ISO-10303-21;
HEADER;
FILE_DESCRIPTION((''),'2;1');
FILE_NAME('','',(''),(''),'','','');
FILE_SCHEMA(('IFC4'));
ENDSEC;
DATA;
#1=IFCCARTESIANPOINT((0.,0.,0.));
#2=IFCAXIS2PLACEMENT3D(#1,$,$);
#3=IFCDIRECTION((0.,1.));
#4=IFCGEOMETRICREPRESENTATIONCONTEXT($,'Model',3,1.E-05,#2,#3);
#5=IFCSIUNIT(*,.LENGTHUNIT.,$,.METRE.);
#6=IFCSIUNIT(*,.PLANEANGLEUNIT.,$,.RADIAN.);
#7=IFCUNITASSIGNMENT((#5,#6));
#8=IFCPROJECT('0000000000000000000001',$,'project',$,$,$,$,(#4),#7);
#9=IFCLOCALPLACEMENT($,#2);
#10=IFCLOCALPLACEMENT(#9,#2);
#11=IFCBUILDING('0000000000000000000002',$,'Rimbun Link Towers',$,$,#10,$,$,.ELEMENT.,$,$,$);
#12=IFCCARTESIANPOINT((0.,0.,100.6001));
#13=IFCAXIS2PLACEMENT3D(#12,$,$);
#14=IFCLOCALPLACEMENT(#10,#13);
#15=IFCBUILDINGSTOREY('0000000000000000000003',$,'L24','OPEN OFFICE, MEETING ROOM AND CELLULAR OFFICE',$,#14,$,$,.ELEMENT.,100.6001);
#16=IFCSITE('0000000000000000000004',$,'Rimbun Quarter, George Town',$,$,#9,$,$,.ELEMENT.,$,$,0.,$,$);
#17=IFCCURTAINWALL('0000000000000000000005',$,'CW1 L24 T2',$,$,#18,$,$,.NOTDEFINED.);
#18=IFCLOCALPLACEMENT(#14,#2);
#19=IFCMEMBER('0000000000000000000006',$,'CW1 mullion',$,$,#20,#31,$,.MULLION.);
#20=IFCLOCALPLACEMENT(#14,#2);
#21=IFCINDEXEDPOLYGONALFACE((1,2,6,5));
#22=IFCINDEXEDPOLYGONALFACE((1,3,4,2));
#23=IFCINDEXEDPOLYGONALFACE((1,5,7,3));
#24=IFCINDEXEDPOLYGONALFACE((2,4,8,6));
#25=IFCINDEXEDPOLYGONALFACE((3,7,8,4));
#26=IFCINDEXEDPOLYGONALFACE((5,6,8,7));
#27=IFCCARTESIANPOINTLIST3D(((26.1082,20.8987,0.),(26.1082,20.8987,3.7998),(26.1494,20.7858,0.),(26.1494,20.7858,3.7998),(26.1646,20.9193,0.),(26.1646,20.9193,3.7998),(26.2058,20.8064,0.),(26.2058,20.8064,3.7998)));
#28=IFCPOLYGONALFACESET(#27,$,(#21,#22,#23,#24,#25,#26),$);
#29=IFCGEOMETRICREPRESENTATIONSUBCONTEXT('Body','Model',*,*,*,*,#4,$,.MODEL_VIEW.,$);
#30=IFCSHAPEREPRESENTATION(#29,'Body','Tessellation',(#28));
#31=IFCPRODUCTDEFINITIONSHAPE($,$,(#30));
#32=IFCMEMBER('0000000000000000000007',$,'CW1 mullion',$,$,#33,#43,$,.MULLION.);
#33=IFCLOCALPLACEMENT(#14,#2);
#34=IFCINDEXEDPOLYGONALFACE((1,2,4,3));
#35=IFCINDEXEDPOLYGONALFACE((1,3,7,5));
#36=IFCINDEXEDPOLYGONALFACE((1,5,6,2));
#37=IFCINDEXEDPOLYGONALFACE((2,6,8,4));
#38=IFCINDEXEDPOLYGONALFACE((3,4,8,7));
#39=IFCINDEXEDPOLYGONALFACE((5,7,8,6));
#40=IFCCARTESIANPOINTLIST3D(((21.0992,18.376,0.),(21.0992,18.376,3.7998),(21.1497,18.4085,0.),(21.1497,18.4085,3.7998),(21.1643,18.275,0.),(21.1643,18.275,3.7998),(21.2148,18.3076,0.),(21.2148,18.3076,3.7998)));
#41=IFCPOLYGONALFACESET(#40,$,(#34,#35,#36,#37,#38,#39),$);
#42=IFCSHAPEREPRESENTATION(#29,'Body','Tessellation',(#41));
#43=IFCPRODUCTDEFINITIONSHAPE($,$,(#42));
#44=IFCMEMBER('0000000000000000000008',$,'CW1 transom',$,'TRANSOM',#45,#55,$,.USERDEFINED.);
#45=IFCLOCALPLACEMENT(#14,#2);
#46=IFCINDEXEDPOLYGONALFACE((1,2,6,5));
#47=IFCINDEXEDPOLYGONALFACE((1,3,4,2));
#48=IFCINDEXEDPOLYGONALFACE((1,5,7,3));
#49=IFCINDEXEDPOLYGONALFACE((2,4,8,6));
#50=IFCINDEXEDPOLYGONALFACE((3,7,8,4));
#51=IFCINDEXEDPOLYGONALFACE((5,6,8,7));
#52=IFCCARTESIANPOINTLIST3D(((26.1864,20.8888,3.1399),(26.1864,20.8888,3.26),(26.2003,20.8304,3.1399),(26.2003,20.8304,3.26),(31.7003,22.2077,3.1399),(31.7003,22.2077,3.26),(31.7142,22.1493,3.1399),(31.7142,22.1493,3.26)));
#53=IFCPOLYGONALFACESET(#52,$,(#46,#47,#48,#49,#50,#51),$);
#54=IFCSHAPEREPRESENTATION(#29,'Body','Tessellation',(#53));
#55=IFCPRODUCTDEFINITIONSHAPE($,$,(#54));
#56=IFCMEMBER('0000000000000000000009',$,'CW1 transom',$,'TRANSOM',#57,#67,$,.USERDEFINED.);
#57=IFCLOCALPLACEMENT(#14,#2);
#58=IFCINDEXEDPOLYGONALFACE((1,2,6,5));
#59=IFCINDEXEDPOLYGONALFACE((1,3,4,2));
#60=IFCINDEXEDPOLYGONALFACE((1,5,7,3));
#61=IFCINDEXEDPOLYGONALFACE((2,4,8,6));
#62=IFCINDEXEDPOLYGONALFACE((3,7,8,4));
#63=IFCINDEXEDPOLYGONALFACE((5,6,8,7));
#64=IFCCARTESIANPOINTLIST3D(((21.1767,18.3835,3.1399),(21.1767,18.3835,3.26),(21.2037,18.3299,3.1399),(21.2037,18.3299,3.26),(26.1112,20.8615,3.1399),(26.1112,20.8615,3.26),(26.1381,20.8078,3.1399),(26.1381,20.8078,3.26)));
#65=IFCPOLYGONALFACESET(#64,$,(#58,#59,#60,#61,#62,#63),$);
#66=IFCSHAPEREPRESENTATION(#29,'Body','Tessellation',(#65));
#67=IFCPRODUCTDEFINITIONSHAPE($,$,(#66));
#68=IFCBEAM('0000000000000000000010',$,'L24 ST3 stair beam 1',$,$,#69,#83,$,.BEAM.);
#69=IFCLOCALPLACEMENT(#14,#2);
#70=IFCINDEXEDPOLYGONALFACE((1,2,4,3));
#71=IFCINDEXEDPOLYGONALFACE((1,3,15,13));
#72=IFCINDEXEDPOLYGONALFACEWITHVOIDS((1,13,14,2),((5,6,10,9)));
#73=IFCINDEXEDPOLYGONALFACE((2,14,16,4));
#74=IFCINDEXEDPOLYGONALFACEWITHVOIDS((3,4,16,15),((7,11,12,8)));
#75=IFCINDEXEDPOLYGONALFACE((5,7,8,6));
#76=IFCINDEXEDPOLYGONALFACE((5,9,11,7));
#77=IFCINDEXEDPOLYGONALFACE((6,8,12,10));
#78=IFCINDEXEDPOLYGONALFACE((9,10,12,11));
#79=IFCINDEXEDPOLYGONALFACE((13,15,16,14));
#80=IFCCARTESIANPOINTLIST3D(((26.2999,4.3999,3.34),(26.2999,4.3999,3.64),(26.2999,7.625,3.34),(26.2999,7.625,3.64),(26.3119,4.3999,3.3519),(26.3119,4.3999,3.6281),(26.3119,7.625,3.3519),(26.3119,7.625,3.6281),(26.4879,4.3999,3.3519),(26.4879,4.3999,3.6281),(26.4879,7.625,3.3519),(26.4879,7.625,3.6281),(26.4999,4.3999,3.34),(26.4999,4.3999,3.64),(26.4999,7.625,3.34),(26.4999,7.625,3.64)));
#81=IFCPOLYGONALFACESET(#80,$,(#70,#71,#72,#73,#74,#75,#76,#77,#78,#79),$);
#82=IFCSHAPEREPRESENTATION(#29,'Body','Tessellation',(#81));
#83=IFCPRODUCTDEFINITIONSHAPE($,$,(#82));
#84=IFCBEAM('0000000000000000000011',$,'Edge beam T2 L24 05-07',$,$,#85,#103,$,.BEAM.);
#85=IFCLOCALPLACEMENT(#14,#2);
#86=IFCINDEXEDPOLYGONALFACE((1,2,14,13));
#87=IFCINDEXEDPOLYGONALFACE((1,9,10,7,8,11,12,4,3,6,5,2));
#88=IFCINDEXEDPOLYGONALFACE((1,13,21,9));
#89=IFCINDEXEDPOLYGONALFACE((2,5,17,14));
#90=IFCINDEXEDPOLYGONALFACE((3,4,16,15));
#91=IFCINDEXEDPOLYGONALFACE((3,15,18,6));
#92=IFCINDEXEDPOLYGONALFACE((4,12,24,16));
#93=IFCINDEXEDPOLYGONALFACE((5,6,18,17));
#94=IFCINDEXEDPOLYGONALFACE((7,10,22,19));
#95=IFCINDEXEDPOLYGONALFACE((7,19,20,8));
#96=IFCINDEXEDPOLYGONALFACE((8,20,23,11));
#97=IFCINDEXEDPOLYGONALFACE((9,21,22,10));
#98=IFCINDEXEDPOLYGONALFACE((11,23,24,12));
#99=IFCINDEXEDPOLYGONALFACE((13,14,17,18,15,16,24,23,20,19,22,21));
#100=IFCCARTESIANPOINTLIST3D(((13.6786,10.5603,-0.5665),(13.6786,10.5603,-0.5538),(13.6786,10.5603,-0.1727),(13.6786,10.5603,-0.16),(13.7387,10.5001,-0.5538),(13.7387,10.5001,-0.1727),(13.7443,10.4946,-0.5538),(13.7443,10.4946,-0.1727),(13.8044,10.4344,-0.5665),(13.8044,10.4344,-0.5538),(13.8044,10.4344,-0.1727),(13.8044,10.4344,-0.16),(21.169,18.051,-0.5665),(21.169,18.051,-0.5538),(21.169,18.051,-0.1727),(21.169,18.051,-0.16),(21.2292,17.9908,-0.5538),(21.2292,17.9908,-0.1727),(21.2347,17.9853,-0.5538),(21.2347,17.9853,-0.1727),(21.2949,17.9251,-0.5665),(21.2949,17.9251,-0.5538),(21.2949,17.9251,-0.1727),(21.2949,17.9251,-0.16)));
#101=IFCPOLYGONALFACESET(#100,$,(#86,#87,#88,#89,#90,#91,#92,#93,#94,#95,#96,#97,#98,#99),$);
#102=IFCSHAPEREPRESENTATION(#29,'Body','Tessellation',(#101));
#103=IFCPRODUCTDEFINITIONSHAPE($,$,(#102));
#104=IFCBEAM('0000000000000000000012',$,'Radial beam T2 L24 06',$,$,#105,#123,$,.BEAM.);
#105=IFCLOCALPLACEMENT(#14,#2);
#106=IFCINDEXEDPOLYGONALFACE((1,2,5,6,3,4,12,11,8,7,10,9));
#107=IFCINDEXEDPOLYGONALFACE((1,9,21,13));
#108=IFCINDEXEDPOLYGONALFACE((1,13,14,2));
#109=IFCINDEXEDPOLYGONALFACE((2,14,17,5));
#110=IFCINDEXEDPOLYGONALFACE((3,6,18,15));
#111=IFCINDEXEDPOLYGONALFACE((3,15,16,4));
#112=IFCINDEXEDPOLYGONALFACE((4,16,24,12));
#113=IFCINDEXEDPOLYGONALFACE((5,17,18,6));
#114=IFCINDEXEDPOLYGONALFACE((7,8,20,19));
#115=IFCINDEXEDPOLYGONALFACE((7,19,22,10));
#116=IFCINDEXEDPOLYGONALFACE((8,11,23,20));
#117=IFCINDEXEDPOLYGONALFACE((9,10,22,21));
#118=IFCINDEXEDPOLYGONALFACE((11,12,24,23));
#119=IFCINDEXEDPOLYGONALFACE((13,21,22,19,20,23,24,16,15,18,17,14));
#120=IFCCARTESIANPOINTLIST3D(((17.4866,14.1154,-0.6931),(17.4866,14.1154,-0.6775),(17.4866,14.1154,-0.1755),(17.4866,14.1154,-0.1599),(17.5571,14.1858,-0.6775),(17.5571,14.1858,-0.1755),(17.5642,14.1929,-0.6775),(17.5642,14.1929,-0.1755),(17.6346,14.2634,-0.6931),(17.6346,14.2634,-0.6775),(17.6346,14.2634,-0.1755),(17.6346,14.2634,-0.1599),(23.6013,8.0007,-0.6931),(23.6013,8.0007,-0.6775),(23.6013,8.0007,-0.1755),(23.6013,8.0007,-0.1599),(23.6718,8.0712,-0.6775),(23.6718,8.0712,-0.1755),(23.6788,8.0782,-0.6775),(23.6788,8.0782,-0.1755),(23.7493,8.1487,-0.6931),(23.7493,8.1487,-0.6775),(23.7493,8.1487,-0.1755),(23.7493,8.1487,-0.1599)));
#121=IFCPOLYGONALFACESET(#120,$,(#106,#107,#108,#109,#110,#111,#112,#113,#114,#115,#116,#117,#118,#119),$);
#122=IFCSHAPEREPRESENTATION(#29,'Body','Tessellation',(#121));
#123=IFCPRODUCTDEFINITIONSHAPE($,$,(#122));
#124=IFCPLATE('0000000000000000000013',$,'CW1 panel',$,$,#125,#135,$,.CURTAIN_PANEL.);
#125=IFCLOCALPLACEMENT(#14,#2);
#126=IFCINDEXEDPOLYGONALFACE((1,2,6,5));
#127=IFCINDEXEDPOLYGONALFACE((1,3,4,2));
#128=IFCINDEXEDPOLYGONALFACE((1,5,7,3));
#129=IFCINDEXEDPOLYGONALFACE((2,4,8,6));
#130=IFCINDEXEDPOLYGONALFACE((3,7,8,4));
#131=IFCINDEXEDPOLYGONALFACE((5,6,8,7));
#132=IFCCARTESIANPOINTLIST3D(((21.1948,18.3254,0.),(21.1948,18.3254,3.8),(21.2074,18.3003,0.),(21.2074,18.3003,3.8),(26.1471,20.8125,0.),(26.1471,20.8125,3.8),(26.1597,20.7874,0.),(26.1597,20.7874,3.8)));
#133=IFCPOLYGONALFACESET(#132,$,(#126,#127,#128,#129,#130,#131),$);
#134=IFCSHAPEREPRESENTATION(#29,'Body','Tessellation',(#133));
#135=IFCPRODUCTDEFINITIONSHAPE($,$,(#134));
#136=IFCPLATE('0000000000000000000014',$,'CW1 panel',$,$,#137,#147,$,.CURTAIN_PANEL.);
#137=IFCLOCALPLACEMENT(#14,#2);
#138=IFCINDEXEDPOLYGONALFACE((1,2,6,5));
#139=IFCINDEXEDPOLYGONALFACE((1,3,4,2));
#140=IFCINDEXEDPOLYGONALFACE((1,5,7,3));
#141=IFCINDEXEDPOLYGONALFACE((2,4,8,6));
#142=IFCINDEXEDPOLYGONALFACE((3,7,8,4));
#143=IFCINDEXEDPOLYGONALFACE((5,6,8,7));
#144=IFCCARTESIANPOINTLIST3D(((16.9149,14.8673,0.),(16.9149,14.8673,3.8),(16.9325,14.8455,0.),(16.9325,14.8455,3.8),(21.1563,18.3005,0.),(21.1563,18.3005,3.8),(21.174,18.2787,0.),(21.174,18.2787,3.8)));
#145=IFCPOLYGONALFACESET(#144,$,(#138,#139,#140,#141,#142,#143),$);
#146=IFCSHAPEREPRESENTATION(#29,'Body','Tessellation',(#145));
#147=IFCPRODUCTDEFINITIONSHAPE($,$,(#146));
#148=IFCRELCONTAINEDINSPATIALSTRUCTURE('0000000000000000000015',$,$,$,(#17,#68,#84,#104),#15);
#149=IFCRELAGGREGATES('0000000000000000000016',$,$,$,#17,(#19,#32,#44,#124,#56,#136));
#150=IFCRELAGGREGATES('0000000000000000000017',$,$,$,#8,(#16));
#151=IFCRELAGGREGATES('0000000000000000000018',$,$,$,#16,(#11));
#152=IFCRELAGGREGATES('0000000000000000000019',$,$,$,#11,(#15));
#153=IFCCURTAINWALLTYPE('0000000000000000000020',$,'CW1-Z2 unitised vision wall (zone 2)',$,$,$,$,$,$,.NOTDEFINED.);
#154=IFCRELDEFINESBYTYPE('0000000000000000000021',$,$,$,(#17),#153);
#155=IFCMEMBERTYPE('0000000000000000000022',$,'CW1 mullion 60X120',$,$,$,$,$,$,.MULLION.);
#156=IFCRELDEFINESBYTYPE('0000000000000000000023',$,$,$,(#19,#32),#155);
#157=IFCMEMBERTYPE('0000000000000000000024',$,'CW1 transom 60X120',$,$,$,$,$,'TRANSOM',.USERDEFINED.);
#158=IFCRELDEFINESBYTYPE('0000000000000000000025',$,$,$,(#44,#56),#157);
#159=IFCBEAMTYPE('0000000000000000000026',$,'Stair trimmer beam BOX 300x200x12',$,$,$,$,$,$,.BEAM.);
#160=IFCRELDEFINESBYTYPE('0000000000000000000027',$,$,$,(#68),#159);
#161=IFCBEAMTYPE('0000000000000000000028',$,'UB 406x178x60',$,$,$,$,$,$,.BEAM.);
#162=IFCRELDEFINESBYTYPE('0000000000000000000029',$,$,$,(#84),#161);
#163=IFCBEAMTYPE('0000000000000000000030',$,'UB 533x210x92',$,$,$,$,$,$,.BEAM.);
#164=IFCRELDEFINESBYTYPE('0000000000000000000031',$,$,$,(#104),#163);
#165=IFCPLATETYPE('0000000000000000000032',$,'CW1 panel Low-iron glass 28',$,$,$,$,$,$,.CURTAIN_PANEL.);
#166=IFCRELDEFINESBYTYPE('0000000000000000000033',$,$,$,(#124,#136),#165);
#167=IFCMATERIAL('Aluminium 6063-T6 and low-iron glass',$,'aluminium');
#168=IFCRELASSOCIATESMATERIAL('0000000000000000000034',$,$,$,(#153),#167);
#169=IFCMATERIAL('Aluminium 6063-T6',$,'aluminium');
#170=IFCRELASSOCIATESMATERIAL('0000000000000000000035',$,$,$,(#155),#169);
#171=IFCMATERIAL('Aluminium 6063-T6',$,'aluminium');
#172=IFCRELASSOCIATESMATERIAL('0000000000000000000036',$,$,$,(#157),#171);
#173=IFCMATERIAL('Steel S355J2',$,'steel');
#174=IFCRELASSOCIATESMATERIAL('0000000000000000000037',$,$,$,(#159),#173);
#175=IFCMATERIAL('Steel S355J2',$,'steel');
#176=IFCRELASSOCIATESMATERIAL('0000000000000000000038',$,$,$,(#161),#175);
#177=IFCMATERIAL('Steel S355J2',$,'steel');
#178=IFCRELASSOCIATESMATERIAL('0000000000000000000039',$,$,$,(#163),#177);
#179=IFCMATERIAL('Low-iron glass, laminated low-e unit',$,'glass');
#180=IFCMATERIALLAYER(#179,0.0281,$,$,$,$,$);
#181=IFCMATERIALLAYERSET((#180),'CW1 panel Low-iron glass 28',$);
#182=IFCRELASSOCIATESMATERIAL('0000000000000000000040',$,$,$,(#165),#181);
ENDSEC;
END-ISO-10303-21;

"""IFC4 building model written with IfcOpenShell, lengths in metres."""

from ifc_helpers import new_model, si_unit, direction, frame, origin, origin_2d, place, context, subcontext, project, spatial, rectangle, hollow_rectangle, i_section, extrude, material, layer, layer_set, material_profile, profile_set, type_object, element, aggregate, save


model = new_model("IFC4")

# Units and contexts
model_context = context("Model", 3, precision=1e-05, world=origin(), true_north=direction((0.0, 1.0)))
body_context = subcontext(model_context, "Body", "Model", "MODEL_VIEW")
ifc_project = project(units=[si_unit("LENGTHUNIT", "METRE"), si_unit("PLANEANGLEUNIT", "RADIAN")], contexts=[model_context])

# Site, building, storey
site_placement = place(None, origin())
site = spatial("IfcSite", under=ifc_project, at=site_placement, Name="Rimbun Quarter, George Town", CompositionType="ELEMENT", RefElevation=0.0)
building_placement = place(site_placement, origin())
building = spatial("IfcBuilding", under=site, at=building_placement, Name="Rimbun Link Towers", CompositionType="ELEMENT")
storey_placement = place(building_placement, frame((0.0, 0.0, 100.6001)))
storey = spatial("IfcBuildingStorey", under=building, at=storey_placement, Name="L24", Description="OPEN OFFICE, MEETING ROOM AND CELLULAR OFFICE", CompositionType="ELEMENT", Elevation=100.6001)

# Curtain wall, members
ifc_material_1 = material(Name="Aluminium 6063-T6 and low-iron glass", Category="aluminium")
curtain_wall_type = type_object("IfcCurtainWallType", Name="CW1-Z2 unitised vision wall (zone 2)", PredefinedType="NOTDEFINED", material=ifc_material_1)
curtain_wall_placement = place(storey_placement, origin())
curtain_wall = element("IfcCurtainWall", 1, at=curtain_wall_placement, inside=storey, type_object=curtain_wall_type, Name="CW1 L24 T2", PredefinedType="NOTDEFINED")
ifc_material_2 = material(Name="Aluminium 6063-T6", Category="aluminium")
ifc_material_profile_1 = material_profile(ifc_material_2, rectangle(XDim=0.1201, YDim=0.0601, at=origin_2d()), Name="MULLION 60X120")
ifc_profile_set_1 = profile_set([ifc_material_profile_1], Name="Aluminium 6063-T6")
member_type_1 = type_object("IfcMemberType", Name="CW1 mullion 60X120", PredefinedType="MULLION", material=ifc_profile_set_1)
member_1_placement = place(storey_placement, frame((26.157, 20.8525, 0.0), z_axis=(0.0, 0.0, 1.0), x_axis=(-0.34297, 0.939346, 0.0)))
member_1 = element("IfcMember", 2, at=member_1_placement, type_object=member_type_1, Name="CW1 mullion", PredefinedType="MULLION", context=body_context, shape_type="SweptSolid", body=[
    extrude(rectangle(XDim=0.1201, YDim=0.0601, at=origin_2d()), origin(), (0.0, 0.0, 1.0), 3.7998),
])
member_2_placement = place(storey_placement, frame((21.157, 18.3418, 0.0), z_axis=(0.0, 0.0, 1.0), x_axis=(-0.5421, 0.840314, 0.0)))
member_2 = element("IfcMember", 3, at=member_2_placement, type_object=member_type_1, Name="CW1 mullion", PredefinedType="MULLION", context=body_context, shape_type="SweptSolid", body=[
    extrude(rectangle(XDim=0.1201, YDim=0.0601, at=origin_2d()), origin(), (0.0, 0.0, 1.0), 3.7998),
])
ifc_material_3 = material(Name="Aluminium 6063-T6", Category="aluminium")
ifc_material_profile_2 = material_profile(ifc_material_3, rectangle(XDim=0.0601, YDim=0.1201, at=origin_2d()), Name="TRANSOM 60X120")
ifc_profile_set_2 = profile_set([ifc_material_profile_2], Name="Aluminium 6063-T6")
member_type_2 = type_object("IfcMemberType", Name="CW1 transom 60X120", ElementType="TRANSOM", PredefinedType="USERDEFINED", material=ifc_profile_set_2)
member_3_placement = place(storey_placement, frame((26.1934, 20.8596, 3.2), z_axis=(0.972567, 0.232624, 0.0), x_axis=(-0.232624, 0.972567, 0.0)))
member_3 = element("IfcMember", 4, at=member_3_placement, type_object=member_type_2, Name="CW1 transom", ObjectType="TRANSOM", PredefinedType="USERDEFINED", context=body_context, shape_type="SweptSolid", body=[
    extrude(rectangle(XDim=0.0601, YDim=0.1201, at=origin_2d()), origin(), (0.0, 0.0, 1.0), 5.6694),
])
member_4_placement = place(storey_placement, frame((21.1902, 18.3567, 3.2), z_axis=(0.893648, 0.448769, 0.0), x_axis=(-0.448769, 0.893648, 0.0)))
member_4 = element("IfcMember", 5, at=member_4_placement, type_object=member_type_2, Name="CW1 transom", ObjectType="TRANSOM", PredefinedType="USERDEFINED", context=body_context, shape_type="SweptSolid", body=[
    extrude(rectangle(XDim=0.0601, YDim=0.1201, at=origin_2d()), origin(), (0.0, 0.0, 1.0), 5.5217),
])

# Beams
ifc_material_4 = material(Name="Steel S355J2", Category="steel")
ifc_material_profile_3 = material_profile(ifc_material_4, hollow_rectangle(XDim=0.2, YDim=0.3, WallThickness=0.012, at=origin_2d()), Name="BOX 300x200x12")
ifc_profile_set_3 = profile_set([ifc_material_profile_3], Name="Steel S355J2")
beam_type_1 = type_object("IfcBeamType", Name="Stair trimmer beam BOX 300x200x12", PredefinedType="BEAM", material=ifc_profile_set_3)
beam_1_placement = place(storey_placement, frame((26.3999, 7.625, 3.49), z_axis=(0.0, -1.0, 0.0), x_axis=(1.0, 0.0, 0.0)))
element("IfcBeam", 6, at=beam_1_placement, inside=storey, type_object=beam_type_1, Name="L24 ST3 stair beam 1", PredefinedType="BEAM", context=body_context, shape_type="SweptSolid", body=[
    extrude(hollow_rectangle(XDim=0.2, YDim=0.3, WallThickness=0.012, at=origin_2d()), origin(), (0.0, 0.0, 1.0), 3.2251),
])
ifc_material_5 = material(Name="Steel S355J2", Category="steel")
ifc_material_profile_4 = material_profile(ifc_material_5, i_section(OverallWidth=0.178, OverallDepth=0.4065, WebThickness=0.0078, FlangeThickness=0.0127, at=origin_2d()), Name="UB 406x178x60")
ifc_profile_set_4 = profile_set([ifc_material_profile_4], Name="Steel S355J2")
beam_type_2 = type_object("IfcBeamType", Name="UB 406x178x60", PredefinedType="BEAM", material=ifc_profile_set_4)
beam_2_placement = place(storey_placement, frame((21.2319, 17.988, -0.3633), z_axis=(-0.707095, -0.707118, 0.0), x_axis=(0.707118, -0.707095, 0.0)))
element("IfcBeam", 7, at=beam_2_placement, inside=storey, type_object=beam_type_2, Name="Edge beam T2 L24 05-07", PredefinedType="BEAM", context=body_context, shape_type="SweptSolid", body=[
    extrude(i_section(OverallWidth=0.178, OverallDepth=0.4065, WebThickness=0.0078, FlangeThickness=0.0127, at=origin_2d()), origin(), (0.0, 0.0, 1.0), 10.5933),
])
ifc_material_6 = material(Name="Steel S355J2", Category="steel")
ifc_material_profile_5 = material_profile(ifc_material_6, i_section(OverallWidth=0.2092, OverallDepth=0.5332, WebThickness=0.01, FlangeThickness=0.0156, at=origin_2d()), Name="UB 533x210x92")
ifc_profile_set_5 = profile_set([ifc_material_profile_5], Name="Steel S355J2")
beam_type_3 = type_object("IfcBeamType", Name="UB 533x210x92", PredefinedType="BEAM", material=ifc_profile_set_5)
beam_3_placement = place(storey_placement, frame((23.6753, 8.0747, -0.4265), z_axis=(-0.707107, 0.707107, 0.0), x_axis=(-0.707107, -0.707107, 0.0)))
element("IfcBeam", 8, at=beam_3_placement, inside=storey, type_object=beam_type_3, Name="Radial beam T2 L24 06", PredefinedType="BEAM", context=body_context, shape_type="SweptSolid", body=[
    extrude(i_section(OverallWidth=0.2092, OverallDepth=0.5332, WebThickness=0.01, FlangeThickness=0.0156, at=origin_2d()), origin(), (0.0, 0.0, 1.0), 8.6475),
])

# Plates
ifc_material_7 = material(Name="Low-iron glass, laminated low-e unit", Category="glass")
ifc_layer_1 = layer(ifc_material_7, 0.0281)
ifc_layer_set_1 = layer_set([ifc_layer_1], Name="CW1 panel Low-iron glass 28")
plate_type = type_object("IfcPlateType", Name="CW1 panel Low-iron glass 28", PredefinedType="CURTAIN_PANEL", material=ifc_layer_set_1)
plate_1_placement = place(storey_placement, frame((23.6772, 19.5564, 0.0), z_axis=(0.0, 0.0, 1.0), x_axis=(0.893641, 0.448782, 0.0)))
plate_1 = element("IfcPlate", 9, at=plate_1_placement, type_object=plate_type, Name="CW1 panel", PredefinedType="CURTAIN_PANEL", context=body_context, shape_type="SweptSolid", body=[
    extrude(rectangle(XDim=5.5417, YDim=0.0281, at=origin_2d()), origin(), (0.0, 0.0, 1.0), 3.8),
])
plate_2_placement = place(storey_placement, frame((19.0444, 16.573, 0.0), z_axis=(0.0, 0.0, 1.0), x_axis=(0.77728, 0.629155, 0.0)))
plate_2 = element("IfcPlate", 10, at=plate_2_placement, type_object=plate_type, Name="CW1 panel", PredefinedType="CURTAIN_PANEL", context=body_context, shape_type="SweptSolid", body=[
    extrude(rectangle(XDim=5.4568, YDim=0.0281, at=origin_2d()), origin(), (0.0, 0.0, 1.0), 3.8),
])
aggregate(curtain_wall, [member_1, member_2, member_3, plate_1, member_4, plate_2])

save(model, "model.ifc")
